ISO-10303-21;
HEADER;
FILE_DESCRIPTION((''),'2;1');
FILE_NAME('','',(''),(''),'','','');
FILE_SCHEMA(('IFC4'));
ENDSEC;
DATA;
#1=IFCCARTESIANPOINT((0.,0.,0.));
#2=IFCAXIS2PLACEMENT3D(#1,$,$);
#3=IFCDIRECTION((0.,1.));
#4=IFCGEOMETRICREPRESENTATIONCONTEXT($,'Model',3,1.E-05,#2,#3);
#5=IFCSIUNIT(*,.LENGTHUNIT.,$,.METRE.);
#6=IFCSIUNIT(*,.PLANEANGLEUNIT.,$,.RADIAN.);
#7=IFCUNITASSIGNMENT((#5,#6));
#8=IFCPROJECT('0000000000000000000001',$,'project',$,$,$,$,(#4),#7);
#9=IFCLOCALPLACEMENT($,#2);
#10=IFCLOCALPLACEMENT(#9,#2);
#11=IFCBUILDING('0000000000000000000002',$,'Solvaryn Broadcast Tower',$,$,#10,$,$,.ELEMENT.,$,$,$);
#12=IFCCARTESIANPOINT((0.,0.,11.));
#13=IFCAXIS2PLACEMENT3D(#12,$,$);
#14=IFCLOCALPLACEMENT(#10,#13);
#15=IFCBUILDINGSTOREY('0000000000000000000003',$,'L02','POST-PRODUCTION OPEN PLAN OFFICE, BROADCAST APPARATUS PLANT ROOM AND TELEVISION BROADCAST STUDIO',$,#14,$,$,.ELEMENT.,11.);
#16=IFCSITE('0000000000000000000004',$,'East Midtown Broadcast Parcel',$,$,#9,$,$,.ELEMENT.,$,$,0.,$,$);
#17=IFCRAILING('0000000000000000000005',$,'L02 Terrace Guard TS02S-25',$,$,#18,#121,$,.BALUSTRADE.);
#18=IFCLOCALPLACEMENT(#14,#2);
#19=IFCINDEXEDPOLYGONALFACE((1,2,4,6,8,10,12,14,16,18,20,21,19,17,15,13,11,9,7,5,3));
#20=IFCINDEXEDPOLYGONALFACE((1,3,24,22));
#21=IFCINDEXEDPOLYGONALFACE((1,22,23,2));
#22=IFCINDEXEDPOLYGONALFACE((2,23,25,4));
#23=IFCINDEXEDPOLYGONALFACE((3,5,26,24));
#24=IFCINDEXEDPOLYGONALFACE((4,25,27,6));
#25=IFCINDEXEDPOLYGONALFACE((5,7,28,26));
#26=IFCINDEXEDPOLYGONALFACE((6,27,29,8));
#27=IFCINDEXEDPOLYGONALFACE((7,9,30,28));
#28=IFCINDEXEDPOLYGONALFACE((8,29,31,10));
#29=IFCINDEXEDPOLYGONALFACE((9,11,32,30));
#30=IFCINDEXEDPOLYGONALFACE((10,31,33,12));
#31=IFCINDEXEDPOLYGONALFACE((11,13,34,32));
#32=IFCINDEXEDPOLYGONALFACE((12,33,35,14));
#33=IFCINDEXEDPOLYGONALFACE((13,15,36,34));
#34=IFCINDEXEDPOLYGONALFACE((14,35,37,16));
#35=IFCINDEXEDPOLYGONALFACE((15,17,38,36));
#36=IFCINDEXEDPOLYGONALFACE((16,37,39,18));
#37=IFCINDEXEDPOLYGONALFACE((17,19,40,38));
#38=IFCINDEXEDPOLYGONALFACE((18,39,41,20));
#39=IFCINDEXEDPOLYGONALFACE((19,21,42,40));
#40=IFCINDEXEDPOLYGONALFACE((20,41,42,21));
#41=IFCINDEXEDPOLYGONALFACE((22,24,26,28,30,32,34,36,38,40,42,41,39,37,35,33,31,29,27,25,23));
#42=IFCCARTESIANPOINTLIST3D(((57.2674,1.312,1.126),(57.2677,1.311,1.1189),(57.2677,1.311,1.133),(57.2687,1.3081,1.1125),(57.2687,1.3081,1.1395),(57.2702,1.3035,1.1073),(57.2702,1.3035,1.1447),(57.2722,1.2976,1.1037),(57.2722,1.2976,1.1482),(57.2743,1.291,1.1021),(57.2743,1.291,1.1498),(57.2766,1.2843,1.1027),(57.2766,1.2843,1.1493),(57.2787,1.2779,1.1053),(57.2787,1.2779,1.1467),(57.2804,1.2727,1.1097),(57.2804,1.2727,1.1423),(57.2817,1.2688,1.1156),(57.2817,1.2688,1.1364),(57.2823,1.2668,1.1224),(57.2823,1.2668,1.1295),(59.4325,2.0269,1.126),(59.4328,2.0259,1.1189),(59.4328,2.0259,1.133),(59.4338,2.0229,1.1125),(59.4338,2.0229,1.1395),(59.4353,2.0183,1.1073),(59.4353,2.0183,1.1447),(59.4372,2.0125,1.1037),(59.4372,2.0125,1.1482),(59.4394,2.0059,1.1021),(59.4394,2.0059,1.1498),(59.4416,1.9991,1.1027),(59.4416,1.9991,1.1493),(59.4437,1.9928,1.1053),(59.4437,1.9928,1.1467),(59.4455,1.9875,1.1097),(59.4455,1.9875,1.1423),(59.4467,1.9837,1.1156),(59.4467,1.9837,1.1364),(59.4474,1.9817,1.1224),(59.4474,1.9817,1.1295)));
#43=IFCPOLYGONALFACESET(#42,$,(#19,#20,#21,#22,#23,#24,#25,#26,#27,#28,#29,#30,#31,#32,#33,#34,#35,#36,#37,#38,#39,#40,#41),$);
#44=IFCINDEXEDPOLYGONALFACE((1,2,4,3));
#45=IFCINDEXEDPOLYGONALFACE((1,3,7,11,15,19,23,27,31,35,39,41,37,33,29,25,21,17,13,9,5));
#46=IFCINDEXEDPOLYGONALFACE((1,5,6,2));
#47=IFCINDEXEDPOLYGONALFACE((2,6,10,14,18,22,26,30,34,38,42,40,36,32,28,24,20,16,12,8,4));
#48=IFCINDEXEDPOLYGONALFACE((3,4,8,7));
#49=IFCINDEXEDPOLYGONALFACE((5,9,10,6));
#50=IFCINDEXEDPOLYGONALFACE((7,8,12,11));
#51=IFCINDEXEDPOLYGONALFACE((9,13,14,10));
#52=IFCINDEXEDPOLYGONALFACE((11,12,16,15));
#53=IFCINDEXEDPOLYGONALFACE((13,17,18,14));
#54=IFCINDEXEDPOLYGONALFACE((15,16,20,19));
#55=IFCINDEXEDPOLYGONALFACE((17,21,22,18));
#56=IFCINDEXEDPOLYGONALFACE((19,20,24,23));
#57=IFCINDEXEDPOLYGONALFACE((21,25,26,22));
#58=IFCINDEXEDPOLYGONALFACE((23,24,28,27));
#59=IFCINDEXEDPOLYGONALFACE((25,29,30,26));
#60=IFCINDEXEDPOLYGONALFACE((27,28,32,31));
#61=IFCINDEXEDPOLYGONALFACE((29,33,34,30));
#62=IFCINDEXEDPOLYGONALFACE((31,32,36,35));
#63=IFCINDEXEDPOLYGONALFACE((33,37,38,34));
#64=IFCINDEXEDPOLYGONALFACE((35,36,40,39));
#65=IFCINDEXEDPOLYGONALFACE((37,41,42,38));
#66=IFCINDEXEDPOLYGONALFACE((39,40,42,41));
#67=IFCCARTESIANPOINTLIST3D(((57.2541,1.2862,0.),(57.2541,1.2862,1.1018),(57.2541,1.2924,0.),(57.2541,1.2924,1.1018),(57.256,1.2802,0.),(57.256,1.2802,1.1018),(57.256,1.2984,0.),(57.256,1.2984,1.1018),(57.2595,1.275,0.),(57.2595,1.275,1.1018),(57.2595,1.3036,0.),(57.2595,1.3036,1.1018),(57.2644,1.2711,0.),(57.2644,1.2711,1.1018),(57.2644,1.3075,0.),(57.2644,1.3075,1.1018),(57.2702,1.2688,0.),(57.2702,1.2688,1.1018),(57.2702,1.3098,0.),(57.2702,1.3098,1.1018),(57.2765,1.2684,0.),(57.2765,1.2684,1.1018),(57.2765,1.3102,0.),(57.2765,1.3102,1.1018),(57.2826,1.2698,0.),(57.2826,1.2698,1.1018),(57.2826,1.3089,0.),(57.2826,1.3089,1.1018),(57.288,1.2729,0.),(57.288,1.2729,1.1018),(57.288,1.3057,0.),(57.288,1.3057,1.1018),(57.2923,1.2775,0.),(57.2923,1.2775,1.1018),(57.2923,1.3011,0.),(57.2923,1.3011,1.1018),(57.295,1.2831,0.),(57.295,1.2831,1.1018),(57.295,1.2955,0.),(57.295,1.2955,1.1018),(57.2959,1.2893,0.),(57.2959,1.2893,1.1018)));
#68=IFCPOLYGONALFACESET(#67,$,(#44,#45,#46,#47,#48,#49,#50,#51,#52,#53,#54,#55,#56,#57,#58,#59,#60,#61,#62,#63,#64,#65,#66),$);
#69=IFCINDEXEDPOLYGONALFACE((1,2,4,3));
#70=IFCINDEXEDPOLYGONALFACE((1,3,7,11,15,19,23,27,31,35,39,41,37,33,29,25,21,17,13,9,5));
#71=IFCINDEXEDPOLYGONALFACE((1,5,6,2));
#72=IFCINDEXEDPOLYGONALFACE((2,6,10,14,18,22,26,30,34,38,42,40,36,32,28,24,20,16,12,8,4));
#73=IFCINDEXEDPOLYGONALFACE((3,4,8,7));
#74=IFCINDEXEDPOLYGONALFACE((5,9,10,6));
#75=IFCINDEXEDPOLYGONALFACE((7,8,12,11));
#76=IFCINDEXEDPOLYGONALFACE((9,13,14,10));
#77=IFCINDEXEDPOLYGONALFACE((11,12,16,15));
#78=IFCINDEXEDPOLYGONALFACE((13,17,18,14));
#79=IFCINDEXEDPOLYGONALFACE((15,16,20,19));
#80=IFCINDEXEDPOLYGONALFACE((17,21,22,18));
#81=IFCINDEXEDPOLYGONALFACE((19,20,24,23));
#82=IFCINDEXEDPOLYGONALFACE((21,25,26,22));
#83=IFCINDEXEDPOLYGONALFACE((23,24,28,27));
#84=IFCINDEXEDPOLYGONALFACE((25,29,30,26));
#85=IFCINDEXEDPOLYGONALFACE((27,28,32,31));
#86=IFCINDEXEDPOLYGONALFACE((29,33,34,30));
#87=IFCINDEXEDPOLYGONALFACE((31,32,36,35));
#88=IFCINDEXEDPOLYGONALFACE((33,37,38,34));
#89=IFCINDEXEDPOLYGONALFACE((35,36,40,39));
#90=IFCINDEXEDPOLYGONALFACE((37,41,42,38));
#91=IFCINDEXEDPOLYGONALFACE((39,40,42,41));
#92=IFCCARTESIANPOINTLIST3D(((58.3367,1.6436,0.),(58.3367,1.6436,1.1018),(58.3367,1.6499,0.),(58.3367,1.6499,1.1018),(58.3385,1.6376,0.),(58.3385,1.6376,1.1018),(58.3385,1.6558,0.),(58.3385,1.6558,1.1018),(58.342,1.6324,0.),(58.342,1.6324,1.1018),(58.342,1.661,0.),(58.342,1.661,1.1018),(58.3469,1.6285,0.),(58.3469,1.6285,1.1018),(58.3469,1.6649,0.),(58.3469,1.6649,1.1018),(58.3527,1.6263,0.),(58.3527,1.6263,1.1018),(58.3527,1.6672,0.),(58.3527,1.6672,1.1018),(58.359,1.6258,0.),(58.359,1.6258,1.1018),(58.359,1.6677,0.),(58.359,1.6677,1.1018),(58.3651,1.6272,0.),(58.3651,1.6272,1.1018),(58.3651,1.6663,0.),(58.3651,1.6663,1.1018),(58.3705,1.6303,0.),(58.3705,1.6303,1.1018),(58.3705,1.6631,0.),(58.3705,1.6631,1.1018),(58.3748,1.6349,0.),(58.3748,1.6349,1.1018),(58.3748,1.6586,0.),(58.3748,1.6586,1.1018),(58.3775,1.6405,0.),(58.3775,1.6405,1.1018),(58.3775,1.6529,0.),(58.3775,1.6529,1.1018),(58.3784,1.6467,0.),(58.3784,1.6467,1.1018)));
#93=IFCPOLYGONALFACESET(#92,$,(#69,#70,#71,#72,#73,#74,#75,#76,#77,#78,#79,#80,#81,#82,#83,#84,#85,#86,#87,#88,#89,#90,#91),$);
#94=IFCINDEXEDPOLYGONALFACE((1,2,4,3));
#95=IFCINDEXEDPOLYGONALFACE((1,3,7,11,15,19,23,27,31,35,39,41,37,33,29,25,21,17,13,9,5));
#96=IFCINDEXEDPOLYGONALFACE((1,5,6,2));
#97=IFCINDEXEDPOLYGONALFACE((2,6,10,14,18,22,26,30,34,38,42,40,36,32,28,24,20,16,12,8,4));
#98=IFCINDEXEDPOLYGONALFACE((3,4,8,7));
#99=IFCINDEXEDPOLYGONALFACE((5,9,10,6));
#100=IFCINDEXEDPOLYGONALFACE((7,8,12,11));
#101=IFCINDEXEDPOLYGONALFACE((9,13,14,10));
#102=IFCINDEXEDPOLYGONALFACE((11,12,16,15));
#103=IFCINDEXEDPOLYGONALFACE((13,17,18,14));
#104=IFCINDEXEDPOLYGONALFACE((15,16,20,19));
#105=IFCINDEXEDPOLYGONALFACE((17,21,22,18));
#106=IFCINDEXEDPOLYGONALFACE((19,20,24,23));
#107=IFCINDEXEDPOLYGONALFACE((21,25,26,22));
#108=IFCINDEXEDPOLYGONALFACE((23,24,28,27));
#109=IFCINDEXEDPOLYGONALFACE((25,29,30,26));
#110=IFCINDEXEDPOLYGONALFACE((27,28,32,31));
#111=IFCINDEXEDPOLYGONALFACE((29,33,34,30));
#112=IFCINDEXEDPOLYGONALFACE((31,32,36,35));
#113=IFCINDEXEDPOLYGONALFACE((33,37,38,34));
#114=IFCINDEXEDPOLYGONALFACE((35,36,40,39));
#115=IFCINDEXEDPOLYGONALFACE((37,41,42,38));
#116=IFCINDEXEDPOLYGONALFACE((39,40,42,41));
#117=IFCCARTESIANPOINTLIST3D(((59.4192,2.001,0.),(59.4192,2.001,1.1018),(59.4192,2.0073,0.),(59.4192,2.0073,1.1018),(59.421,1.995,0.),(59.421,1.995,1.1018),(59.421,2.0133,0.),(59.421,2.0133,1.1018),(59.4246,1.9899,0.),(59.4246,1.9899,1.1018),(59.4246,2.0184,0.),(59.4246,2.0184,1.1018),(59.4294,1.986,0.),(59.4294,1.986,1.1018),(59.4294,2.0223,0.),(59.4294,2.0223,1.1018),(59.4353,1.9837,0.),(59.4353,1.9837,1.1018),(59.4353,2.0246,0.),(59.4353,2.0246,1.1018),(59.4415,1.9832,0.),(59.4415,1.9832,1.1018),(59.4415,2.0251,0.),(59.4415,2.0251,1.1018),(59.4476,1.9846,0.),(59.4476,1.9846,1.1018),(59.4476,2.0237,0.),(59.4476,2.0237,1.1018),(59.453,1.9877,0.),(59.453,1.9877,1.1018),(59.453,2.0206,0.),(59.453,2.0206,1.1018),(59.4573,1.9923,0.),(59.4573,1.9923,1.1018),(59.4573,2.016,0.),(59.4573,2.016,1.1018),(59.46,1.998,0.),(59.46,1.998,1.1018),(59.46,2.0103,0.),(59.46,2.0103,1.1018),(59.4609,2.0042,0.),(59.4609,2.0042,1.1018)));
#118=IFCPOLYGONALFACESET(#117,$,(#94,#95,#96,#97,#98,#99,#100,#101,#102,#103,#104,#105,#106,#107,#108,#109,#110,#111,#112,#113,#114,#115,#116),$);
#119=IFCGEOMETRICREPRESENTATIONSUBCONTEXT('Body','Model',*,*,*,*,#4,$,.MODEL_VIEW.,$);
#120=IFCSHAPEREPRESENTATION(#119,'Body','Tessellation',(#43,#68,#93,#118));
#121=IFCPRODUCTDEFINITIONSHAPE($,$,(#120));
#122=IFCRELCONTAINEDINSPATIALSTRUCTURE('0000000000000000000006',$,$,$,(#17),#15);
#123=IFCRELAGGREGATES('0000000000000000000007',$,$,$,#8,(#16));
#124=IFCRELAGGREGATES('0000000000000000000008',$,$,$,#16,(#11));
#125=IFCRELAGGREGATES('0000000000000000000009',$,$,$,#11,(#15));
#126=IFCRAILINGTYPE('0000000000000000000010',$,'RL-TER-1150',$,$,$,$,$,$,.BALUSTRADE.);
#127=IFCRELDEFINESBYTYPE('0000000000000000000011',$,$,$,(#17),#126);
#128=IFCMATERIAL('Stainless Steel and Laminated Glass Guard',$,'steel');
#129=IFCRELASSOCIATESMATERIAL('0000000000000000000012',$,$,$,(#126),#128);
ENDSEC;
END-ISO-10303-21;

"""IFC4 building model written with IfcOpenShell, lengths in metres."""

from ifc_helpers import new_model, si_unit, direction, frame, origin, origin_2d, place, context, subcontext, project, spatial, circle, extrude, material, type_object, element, save


model = new_model("IFC4")

# Units and contexts
model_context = context("Model", 3, precision=1e-05, world=origin(), true_north=direction((0.0, 1.0)))
body_context = subcontext(model_context, "Body", "Model", "MODEL_VIEW")
ifc_project = project(units=[si_unit("LENGTHUNIT", "METRE"), si_unit("PLANEANGLEUNIT", "RADIAN")], contexts=[model_context])

# Site, building, storey
site_placement = place(None, origin())
site = spatial("IfcSite", under=ifc_project, at=site_placement, Name="East Midtown Broadcast Parcel", CompositionType="ELEMENT", RefElevation=0.0)
building_placement = place(site_placement, origin())
building = spatial("IfcBuilding", under=site, at=building_placement, Name="Solvaryn Broadcast Tower", CompositionType="ELEMENT")
storey_placement = place(building_placement, frame((0.0, 0.0, 11.0)))
storey = spatial("IfcBuildingStorey", under=building, at=storey_placement, Name="L02", Description="POST-PRODUCTION OPEN PLAN OFFICE, BROADCAST APPARATUS PLANT ROOM AND TELEVISION BROADCAST STUDIO", CompositionType="ELEMENT", Elevation=11.0)

# Railing
ifc_material_1 = material(Name="Stainless Steel and Laminated Glass Guard", Category="steel")
railing_type = type_object("IfcRailingType", Name="RL-TER-1150", PredefinedType="BALUSTRADE", material=ifc_material_1)
railing_1_placement = place(storey_placement, frame((57.2749, 1.2893, 0.0)))
element("IfcRailing", 1, at=railing_1_placement, inside=storey, type_object=railing_type, Name="L02 Terrace Guard TS02S-25", PredefinedType="BALUSTRADE", context=body_context, shape_type="SweptSolid", body=[
    extrude(circle(Radius=0.0239, at=origin_2d()), frame((0.0, 0.0, 1.126), z_axis=(0.949579, 0.313528, 0.0), x_axis=(-0.313528, 0.949579, 0.0)), (0.0, 0.0, 1.0), 2.28),
    extrude(circle(Radius=0.021, at=origin_2d()), origin(), (0.0, 0.0, 1.0), 1.1018),
    extrude(circle(Radius=0.021, at=origin_2d()), frame((1.0825, 0.3574, 0.0)), (0.0, 0.0, 1.0), 1.1018),
    extrude(circle(Radius=0.021, at=origin_2d()), frame((2.165, 0.7148, 0.0)), (0.0, 0.0, 1.0), 1.1018),
])

save(model, "model.ifc")
